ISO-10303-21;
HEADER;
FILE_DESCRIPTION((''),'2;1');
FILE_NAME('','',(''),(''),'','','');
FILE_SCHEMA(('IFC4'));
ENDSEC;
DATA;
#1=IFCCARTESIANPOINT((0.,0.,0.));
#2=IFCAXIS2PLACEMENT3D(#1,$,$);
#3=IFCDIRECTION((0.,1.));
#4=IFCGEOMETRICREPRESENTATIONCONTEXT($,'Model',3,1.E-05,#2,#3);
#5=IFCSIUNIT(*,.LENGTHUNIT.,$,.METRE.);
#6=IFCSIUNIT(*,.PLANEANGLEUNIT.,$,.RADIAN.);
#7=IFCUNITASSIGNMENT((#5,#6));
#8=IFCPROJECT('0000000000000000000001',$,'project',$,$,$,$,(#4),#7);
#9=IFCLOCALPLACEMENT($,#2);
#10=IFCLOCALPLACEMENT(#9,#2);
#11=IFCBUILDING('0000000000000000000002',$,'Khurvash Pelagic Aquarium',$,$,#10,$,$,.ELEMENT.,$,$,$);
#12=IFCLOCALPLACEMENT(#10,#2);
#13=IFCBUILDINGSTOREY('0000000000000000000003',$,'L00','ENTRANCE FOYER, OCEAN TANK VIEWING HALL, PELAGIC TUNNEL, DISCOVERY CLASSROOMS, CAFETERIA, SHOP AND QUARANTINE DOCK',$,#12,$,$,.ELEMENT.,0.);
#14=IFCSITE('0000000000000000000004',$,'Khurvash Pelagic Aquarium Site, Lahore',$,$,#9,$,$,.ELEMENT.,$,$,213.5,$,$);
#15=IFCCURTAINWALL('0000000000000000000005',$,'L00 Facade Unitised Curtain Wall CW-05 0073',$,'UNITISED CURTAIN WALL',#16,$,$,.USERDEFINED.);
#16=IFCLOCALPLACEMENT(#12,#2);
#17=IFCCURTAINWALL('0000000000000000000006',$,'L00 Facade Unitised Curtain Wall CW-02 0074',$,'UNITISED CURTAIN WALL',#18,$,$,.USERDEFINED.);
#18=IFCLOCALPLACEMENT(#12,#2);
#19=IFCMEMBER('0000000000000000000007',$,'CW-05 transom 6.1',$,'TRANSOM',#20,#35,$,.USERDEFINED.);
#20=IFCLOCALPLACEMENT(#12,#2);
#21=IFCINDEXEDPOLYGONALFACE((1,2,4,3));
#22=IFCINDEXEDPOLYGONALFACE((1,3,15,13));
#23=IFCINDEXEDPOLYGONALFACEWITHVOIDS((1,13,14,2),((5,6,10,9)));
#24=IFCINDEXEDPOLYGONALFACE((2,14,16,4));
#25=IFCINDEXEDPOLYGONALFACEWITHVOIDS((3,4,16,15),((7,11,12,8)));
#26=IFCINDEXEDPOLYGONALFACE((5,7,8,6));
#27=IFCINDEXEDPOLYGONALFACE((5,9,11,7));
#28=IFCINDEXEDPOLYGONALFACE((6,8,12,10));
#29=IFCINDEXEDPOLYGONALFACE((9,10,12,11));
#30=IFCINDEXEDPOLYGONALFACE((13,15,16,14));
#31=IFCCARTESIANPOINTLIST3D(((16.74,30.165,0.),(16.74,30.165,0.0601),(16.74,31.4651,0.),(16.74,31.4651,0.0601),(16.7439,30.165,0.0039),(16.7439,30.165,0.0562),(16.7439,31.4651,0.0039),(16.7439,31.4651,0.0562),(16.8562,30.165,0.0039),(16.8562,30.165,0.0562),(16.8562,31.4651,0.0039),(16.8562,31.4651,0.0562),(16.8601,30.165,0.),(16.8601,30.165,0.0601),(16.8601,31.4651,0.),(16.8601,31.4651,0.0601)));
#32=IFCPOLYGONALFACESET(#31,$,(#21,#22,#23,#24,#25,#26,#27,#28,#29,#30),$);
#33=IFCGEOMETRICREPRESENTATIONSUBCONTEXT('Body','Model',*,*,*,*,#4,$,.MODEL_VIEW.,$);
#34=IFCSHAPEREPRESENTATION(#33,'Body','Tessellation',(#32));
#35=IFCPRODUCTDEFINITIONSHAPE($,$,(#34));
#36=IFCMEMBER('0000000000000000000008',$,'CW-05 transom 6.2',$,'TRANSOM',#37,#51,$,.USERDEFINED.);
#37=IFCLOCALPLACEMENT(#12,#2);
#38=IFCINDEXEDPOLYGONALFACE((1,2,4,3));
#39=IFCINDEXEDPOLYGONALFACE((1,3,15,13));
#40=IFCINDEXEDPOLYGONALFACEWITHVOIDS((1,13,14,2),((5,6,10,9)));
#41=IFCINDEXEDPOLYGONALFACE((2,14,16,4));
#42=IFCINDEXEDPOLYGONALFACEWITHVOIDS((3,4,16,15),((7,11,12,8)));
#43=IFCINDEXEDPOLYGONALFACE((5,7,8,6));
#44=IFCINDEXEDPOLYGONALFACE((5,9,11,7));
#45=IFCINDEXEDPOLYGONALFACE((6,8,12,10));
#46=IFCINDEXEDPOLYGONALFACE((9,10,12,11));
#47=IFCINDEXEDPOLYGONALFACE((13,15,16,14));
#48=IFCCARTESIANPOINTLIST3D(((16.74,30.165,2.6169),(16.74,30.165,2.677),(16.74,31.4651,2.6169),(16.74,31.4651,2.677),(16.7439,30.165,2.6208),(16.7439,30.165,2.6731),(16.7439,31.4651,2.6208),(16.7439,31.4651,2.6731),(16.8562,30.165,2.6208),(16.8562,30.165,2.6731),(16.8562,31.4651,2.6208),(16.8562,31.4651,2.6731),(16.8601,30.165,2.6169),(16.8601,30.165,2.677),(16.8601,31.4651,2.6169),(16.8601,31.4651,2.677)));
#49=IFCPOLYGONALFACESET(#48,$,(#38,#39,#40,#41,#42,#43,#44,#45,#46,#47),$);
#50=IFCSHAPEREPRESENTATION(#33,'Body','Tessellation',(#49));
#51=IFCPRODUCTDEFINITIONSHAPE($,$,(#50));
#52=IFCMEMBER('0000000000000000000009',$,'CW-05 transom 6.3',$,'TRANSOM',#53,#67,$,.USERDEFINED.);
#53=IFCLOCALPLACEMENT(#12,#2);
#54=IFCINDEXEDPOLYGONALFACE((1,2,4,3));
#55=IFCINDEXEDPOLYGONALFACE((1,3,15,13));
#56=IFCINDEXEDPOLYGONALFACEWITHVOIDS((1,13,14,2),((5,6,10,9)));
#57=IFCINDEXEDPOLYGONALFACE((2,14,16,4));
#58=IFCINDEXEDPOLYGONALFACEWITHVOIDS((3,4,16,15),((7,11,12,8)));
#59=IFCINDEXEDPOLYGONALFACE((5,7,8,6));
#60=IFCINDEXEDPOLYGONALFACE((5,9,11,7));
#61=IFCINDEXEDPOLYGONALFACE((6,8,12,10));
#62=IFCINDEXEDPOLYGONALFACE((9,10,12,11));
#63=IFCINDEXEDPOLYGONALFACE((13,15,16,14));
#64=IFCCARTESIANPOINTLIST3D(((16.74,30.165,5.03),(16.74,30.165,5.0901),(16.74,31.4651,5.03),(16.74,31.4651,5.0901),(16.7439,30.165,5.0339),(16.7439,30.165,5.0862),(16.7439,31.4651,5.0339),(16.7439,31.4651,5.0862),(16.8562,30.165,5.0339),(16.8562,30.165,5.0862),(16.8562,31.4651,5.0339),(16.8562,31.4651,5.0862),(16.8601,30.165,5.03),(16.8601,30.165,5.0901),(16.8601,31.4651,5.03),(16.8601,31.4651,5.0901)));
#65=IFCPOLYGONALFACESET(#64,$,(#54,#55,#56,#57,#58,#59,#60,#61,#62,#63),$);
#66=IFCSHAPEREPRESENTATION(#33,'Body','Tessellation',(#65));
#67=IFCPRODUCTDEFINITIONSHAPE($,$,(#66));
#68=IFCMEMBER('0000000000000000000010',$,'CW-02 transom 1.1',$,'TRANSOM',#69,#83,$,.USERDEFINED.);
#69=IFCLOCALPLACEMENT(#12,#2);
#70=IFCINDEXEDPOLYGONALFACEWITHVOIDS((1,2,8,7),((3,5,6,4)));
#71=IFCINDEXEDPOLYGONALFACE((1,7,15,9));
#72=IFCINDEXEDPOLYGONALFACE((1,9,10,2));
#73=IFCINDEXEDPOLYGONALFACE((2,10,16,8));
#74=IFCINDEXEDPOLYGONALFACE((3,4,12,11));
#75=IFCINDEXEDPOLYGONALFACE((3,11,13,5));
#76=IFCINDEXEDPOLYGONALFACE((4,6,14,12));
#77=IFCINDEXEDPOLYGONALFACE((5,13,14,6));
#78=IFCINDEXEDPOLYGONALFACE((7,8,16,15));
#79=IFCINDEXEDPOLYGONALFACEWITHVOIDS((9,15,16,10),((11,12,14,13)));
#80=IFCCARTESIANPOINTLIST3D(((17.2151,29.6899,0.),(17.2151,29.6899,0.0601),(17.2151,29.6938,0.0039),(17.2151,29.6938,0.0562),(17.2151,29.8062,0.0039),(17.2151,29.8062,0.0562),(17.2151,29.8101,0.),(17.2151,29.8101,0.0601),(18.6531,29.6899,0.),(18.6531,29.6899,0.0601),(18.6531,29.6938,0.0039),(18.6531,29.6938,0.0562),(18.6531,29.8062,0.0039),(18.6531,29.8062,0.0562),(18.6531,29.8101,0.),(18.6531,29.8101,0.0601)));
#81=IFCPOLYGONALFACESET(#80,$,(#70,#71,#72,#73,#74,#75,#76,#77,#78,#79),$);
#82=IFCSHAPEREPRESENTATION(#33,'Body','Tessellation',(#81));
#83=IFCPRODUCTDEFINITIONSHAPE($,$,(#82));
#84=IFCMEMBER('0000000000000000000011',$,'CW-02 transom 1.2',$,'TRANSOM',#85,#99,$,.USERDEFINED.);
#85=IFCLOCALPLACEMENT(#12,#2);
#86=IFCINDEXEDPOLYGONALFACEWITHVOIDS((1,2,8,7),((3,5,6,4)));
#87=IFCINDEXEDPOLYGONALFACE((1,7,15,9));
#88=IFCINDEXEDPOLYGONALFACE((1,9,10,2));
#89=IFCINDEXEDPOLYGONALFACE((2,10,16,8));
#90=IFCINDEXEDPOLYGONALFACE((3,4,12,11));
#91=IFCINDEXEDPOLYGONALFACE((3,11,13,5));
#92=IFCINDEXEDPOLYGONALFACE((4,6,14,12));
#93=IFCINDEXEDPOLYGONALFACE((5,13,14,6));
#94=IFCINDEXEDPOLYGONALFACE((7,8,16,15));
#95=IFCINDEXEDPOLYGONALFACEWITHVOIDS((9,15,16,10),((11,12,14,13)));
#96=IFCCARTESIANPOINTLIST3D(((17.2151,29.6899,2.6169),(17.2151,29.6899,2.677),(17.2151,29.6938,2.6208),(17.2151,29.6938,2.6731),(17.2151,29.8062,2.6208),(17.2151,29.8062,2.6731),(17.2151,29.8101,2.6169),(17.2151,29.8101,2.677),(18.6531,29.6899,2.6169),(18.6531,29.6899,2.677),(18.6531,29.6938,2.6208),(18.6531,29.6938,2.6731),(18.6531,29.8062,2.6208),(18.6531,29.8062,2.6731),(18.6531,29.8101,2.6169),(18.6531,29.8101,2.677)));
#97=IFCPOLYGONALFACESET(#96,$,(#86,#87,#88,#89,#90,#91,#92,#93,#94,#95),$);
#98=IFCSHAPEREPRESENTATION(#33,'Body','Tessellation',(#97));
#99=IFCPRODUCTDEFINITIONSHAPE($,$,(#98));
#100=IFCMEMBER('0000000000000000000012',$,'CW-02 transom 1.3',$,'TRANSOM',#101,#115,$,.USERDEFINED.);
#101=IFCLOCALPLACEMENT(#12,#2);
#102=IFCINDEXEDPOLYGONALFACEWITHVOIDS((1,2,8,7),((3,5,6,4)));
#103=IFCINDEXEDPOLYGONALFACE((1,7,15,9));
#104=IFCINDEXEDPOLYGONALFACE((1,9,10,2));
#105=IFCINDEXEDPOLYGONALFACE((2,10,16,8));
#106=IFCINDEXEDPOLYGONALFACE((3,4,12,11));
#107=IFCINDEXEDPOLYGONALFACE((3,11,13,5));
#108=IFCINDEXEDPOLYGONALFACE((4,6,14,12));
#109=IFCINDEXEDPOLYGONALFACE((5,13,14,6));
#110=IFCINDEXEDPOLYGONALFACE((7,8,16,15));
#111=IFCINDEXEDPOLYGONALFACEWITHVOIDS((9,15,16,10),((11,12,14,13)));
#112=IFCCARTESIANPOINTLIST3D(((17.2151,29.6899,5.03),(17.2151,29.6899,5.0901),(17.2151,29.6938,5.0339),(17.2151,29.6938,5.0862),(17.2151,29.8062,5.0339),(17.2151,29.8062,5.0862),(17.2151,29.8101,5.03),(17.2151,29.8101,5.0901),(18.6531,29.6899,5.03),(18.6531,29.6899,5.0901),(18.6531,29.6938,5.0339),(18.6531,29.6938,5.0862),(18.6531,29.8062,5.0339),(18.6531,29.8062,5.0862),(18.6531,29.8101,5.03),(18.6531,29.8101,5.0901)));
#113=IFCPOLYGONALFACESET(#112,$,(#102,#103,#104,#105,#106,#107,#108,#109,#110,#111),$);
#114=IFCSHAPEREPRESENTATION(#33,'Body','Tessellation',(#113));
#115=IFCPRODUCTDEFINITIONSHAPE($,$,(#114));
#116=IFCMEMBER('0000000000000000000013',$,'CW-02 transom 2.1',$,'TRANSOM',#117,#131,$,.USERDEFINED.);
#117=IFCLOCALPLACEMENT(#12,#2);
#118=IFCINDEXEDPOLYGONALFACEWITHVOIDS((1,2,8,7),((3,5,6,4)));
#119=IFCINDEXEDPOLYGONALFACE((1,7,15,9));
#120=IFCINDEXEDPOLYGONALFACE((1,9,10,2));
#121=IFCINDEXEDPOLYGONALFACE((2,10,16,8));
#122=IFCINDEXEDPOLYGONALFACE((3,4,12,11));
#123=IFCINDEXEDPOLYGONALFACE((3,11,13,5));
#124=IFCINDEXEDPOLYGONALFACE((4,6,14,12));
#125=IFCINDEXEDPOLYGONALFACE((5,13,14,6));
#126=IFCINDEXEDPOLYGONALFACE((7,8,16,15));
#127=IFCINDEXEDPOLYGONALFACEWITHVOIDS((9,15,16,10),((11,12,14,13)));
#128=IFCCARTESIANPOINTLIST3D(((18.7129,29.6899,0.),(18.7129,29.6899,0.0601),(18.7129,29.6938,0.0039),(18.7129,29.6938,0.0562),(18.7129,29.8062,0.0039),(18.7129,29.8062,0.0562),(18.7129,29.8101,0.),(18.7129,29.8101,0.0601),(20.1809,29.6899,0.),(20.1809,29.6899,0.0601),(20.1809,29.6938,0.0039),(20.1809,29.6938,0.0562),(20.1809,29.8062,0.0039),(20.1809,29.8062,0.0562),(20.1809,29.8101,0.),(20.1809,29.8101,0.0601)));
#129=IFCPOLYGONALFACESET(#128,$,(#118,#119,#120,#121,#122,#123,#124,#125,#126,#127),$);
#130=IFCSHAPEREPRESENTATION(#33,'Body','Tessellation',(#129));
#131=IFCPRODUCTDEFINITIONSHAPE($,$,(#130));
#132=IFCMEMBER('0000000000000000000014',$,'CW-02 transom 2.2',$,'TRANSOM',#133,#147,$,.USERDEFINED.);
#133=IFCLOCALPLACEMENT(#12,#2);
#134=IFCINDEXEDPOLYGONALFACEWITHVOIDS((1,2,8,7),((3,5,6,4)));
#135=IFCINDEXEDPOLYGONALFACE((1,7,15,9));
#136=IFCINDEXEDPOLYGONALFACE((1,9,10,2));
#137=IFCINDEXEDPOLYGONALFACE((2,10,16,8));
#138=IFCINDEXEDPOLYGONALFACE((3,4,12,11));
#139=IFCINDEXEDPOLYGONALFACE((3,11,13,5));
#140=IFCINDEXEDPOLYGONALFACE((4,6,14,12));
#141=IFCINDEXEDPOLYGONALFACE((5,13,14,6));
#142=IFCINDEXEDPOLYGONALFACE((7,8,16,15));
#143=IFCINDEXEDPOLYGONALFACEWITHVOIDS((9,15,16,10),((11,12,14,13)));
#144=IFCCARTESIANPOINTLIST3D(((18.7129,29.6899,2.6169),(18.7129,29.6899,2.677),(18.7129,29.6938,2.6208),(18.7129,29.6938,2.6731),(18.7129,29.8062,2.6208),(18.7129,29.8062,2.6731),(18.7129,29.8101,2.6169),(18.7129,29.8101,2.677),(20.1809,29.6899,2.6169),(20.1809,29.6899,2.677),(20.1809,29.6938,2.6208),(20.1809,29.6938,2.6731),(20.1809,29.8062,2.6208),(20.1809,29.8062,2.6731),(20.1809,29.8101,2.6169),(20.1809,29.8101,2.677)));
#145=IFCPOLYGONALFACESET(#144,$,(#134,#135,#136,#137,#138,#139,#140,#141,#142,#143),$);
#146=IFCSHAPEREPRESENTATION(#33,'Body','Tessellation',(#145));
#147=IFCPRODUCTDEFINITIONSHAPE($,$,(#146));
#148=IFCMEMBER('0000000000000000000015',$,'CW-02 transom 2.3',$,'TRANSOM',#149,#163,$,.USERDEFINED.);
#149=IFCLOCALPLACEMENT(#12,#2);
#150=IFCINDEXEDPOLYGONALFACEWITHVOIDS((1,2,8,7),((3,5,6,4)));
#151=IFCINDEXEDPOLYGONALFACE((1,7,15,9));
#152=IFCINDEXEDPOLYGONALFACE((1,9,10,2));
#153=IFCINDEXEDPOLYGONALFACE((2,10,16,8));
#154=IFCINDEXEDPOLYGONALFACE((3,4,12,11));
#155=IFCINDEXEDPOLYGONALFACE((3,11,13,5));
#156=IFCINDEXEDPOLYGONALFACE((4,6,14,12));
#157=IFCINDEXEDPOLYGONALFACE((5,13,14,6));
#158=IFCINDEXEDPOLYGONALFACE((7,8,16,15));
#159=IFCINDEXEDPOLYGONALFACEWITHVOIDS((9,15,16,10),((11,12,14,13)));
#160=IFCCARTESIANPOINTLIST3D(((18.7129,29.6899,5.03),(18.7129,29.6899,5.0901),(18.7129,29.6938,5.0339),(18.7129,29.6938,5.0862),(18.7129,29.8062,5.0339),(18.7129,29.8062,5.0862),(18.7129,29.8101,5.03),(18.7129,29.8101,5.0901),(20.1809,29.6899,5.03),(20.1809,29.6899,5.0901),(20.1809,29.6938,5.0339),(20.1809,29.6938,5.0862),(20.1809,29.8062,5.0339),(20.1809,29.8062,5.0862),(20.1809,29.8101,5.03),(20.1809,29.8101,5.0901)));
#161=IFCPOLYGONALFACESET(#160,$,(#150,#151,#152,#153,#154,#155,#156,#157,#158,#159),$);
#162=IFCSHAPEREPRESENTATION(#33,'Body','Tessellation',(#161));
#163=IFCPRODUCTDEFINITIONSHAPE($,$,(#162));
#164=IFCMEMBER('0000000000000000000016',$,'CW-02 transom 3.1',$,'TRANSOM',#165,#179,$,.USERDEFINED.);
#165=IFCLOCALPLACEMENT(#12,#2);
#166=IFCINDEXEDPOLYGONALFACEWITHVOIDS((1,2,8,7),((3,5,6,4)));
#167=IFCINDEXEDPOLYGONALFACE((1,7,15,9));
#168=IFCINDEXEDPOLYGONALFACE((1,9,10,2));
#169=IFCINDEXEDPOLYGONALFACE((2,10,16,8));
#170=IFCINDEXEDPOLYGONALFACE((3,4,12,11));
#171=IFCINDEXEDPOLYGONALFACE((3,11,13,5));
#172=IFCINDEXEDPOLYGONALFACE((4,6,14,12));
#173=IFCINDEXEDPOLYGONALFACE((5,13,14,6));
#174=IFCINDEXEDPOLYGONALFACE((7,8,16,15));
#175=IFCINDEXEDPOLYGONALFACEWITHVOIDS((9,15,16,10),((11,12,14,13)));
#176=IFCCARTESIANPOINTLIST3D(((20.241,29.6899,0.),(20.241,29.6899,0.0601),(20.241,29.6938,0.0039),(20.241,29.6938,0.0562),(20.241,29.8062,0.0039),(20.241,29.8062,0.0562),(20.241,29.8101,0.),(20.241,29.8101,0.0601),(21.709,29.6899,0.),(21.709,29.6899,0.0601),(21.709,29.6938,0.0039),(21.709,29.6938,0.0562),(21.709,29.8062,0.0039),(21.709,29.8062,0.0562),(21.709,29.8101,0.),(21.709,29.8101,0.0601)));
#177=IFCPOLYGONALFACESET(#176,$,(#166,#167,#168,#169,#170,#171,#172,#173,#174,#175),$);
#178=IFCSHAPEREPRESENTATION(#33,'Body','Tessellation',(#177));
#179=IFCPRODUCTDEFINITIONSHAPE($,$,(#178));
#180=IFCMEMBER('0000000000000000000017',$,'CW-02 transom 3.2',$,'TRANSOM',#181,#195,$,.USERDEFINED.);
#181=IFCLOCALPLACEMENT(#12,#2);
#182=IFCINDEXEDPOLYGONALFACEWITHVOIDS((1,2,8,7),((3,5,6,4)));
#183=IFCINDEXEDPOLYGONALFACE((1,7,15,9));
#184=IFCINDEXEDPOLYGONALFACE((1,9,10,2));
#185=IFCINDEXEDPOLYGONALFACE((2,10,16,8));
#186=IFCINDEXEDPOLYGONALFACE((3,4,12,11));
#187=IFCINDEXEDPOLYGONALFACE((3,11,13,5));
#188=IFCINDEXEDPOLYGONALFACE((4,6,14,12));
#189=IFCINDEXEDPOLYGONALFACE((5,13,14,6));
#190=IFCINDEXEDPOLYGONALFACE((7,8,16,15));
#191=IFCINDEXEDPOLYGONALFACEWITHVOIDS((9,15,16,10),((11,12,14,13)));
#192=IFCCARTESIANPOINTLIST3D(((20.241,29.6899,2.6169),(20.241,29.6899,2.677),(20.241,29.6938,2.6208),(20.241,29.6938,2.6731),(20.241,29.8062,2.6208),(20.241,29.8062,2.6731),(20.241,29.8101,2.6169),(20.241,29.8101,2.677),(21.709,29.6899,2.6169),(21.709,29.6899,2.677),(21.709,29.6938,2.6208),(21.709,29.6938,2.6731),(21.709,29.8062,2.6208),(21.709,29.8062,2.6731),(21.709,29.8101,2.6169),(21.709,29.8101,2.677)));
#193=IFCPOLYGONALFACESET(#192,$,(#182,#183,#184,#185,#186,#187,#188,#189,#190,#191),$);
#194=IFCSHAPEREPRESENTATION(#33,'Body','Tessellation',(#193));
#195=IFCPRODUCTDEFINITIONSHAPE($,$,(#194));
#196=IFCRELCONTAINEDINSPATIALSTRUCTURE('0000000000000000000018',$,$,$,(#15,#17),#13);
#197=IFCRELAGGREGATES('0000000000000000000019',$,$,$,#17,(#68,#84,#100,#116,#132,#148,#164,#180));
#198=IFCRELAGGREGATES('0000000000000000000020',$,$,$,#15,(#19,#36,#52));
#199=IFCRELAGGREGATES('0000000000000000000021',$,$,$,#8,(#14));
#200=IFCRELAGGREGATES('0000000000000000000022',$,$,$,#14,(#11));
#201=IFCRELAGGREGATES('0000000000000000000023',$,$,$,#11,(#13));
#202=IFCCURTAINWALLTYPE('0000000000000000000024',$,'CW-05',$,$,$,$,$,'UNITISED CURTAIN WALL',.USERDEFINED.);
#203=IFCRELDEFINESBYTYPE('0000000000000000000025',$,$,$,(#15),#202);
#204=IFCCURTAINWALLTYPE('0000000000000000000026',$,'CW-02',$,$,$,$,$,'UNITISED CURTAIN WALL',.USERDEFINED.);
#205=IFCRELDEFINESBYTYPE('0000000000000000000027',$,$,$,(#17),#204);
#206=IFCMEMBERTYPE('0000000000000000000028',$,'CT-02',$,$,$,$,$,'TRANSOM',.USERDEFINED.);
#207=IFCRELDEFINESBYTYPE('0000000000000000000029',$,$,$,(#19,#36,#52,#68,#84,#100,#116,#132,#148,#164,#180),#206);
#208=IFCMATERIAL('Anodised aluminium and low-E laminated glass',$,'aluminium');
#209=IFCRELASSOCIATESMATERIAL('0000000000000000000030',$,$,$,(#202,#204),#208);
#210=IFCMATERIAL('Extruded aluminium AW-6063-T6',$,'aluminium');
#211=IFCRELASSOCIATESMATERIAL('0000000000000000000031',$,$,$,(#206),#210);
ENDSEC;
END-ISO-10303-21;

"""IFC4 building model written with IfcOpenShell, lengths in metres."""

from ifc_helpers import new_model, si_unit, direction, frame, origin, origin_2d, place, context, subcontext, project, spatial, hollow_rectangle, extrude, material, material_profile, profile_set, type_object, element, aggregate, save


model = new_model("IFC4")

# Units and contexts
model_context = context("Model", 3, precision=1e-05, world=origin(), true_north=direction((0.0, 1.0)))
body_context = subcontext(model_context, "Body", "Model", "MODEL_VIEW")
ifc_project = project(units=[si_unit("LENGTHUNIT", "METRE"), si_unit("PLANEANGLEUNIT", "RADIAN")], contexts=[model_context])

# Site, building, storey
site_placement = place(None, origin())
site = spatial("IfcSite", under=ifc_project, at=site_placement, Name="Khurvash Pelagic Aquarium Site, Lahore", CompositionType="ELEMENT", RefElevation=213.5)
building_placement = place(site_placement, origin())
building = spatial("IfcBuilding", under=site, at=building_placement, Name="Khurvash Pelagic Aquarium", CompositionType="ELEMENT")
storey_placement = place(building_placement, origin())
storey = spatial("IfcBuildingStorey", under=building, at=storey_placement, Name="L00", Description="ENTRANCE FOYER, OCEAN TANK VIEWING HALL, PELAGIC TUNNEL, DISCOVERY CLASSROOMS, CAFETERIA, SHOP AND QUARANTINE DOCK", CompositionType="ELEMENT", Elevation=0.0)

# Curtain walls
ifc_material_1 = material(Name="Anodised aluminium and low-E laminated glass", Category="aluminium")
curtain_wall_type_1 = type_object("IfcCurtainWallType", Name="CW-05", ElementType="UNITISED CURTAIN WALL", PredefinedType="USERDEFINED", material=ifc_material_1)
curtain_wall_1_placement = place(storey_placement, origin())
curtain_wall_1 = element("IfcCurtainWall", 1, at=curtain_wall_1_placement, inside=storey, type_object=curtain_wall_type_1, Name="L00 Facade Unitised Curtain Wall CW-05 0073", ObjectType="UNITISED CURTAIN WALL", PredefinedType="USERDEFINED")
ifc_material_2 = material(Name="Extruded aluminium AW-6063-T6", Category="aluminium")
curtain_wall_type_2 = type_object("IfcCurtainWallType", Name="CW-02", ElementType="UNITISED CURTAIN WALL", PredefinedType="USERDEFINED", material=ifc_material_1)
curtain_wall_2_placement = place(storey_placement, origin())
curtain_wall_2 = element("IfcCurtainWall", 2, at=curtain_wall_2_placement, inside=storey, type_object=curtain_wall_type_2, Name="L00 Facade Unitised Curtain Wall CW-02 0074", ObjectType="UNITISED CURTAIN WALL", PredefinedType="USERDEFINED")

# Members
ifc_material_profile_1 = material_profile(ifc_material_2, hollow_rectangle(XDim=0.1201, YDim=0.0601, WallThickness=0.0039, at=origin_2d()), Name="CWT120X60X4")
ifc_profile_set_1 = profile_set([ifc_material_profile_1], Name="Extruded aluminium AW-6063-T6")
member_type_1 = type_object("IfcMemberType", Name="CT-02", ElementType="TRANSOM", PredefinedType="USERDEFINED", material=ifc_profile_set_1)
member_1_placement = place(storey_placement, frame((16.8, 31.4651, 0.03), z_axis=(0.0, -1.0, 0.0), x_axis=(1.0, 0.0, 0.0)))
member_1 = element("IfcMember", 3, at=member_1_placement, type_object=member_type_1, Name="CW-05 transom 6.1", ObjectType="TRANSOM", PredefinedType="USERDEFINED", context=body_context, shape_type="SweptSolid", body=[
    extrude(hollow_rectangle(XDim=0.1201, YDim=0.0601, WallThickness=0.0039, at=origin_2d()), origin(), (0.0, 0.0, 1.0), 1.3),
])
member_2_placement = place(storey_placement, frame((16.8, 31.4651, 2.647), z_axis=(0.0, -1.0, 0.0), x_axis=(1.0, 0.0, 0.0)))
member_2 = element("IfcMember", 4, at=member_2_placement, type_object=member_type_1, Name="CW-05 transom 6.2", ObjectType="TRANSOM", PredefinedType="USERDEFINED", context=body_context, shape_type="SweptSolid", body=[
    extrude(hollow_rectangle(XDim=0.1201, YDim=0.0601, WallThickness=0.0039, at=origin_2d()), origin(), (0.0, 0.0, 1.0), 1.3),
])
member_3_placement = place(storey_placement, frame((16.8, 31.4651, 5.0601), z_axis=(0.0, -1.0, 0.0), x_axis=(1.0, 0.0, 0.0)))
member_3 = element("IfcMember", 5, at=member_3_placement, type_object=member_type_1, Name="CW-05 transom 6.3", ObjectType="TRANSOM", PredefinedType="USERDEFINED", context=body_context, shape_type="SweptSolid", body=[
    extrude(hollow_rectangle(XDim=0.1201, YDim=0.0601, WallThickness=0.0039, at=origin_2d()), origin(), (0.0, 0.0, 1.0), 1.3),
])
member_4_placement = place(storey_placement, frame((17.2151, 29.75, 0.03), z_axis=(1.0, 0.0, 0.0), x_axis=(0.0, 1.0, 0.0)))
member_4 = element("IfcMember", 6, at=member_4_placement, type_object=member_type_1, Name="CW-02 transom 1.1", ObjectType="TRANSOM", PredefinedType="USERDEFINED", context=body_context, shape_type="SweptSolid", body=[
    extrude(hollow_rectangle(XDim=0.1201, YDim=0.0601, WallThickness=0.0039, at=origin_2d()), origin(), (0.0, 0.0, 1.0), 1.438),
])
member_5_placement = place(storey_placement, frame((17.2151, 29.75, 2.647), z_axis=(1.0, 0.0, 0.0), x_axis=(0.0, 1.0, 0.0)))
member_5 = element("IfcMember", 7, at=member_5_placement, type_object=member_type_1, Name="CW-02 transom 1.2", ObjectType="TRANSOM", PredefinedType="USERDEFINED", context=body_context, shape_type="SweptSolid", body=[
    extrude(hollow_rectangle(XDim=0.1201, YDim=0.0601, WallThickness=0.0039, at=origin_2d()), origin(), (0.0, 0.0, 1.0), 1.438),
])
member_6_placement = place(storey_placement, frame((17.2151, 29.75, 5.0601), z_axis=(1.0, 0.0, 0.0), x_axis=(0.0, 1.0, 0.0)))
member_6 = element("IfcMember", 8, at=member_6_placement, type_object=member_type_1, Name="CW-02 transom 1.3", ObjectType="TRANSOM", PredefinedType="USERDEFINED", context=body_context, shape_type="SweptSolid", body=[
    extrude(hollow_rectangle(XDim=0.1201, YDim=0.0601, WallThickness=0.0039, at=origin_2d()), origin(), (0.0, 0.0, 1.0), 1.438),
])
member_7_placement = place(storey_placement, frame((18.7129, 29.75, 0.03), z_axis=(1.0, 0.0, 0.0), x_axis=(0.0, 1.0, 0.0)))
member_7 = element("IfcMember", 9, at=member_7_placement, type_object=member_type_1, Name="CW-02 transom 2.1", ObjectType="TRANSOM", PredefinedType="USERDEFINED", context=body_context, shape_type="SweptSolid", body=[
    extrude(hollow_rectangle(XDim=0.1201, YDim=0.0601, WallThickness=0.0039, at=origin_2d()), origin(), (0.0, 0.0, 1.0), 1.468),
])
member_8_placement = place(storey_placement, frame((18.7129, 29.75, 2.647), z_axis=(1.0, 0.0, 0.0), x_axis=(0.0, 1.0, 0.0)))
member_8 = element("IfcMember", 10, at=member_8_placement, type_object=member_type_1, Name="CW-02 transom 2.2", ObjectType="TRANSOM", PredefinedType="USERDEFINED", context=body_context, shape_type="SweptSolid", body=[
    extrude(hollow_rectangle(XDim=0.1201, YDim=0.0601, WallThickness=0.0039, at=origin_2d()), origin(), (0.0, 0.0, 1.0), 1.468),
])
member_9_placement = place(storey_placement, frame((18.7129, 29.75, 5.0601), z_axis=(1.0, 0.0, 0.0), x_axis=(0.0, 1.0, 0.0)))
member_9 = element("IfcMember", 11, at=member_9_placement, type_object=member_type_1, Name="CW-02 transom 2.3", ObjectType="TRANSOM", PredefinedType="USERDEFINED", context=body_context, shape_type="SweptSolid", body=[
    extrude(hollow_rectangle(XDim=0.1201, YDim=0.0601, WallThickness=0.0039, at=origin_2d()), origin(), (0.0, 0.0, 1.0), 1.468),
])
member_10_placement = place(storey_placement, frame((20.241, 29.75, 0.03), z_axis=(1.0, 0.0, 0.0), x_axis=(0.0, 1.0, 0.0)))
member_10 = element("IfcMember", 12, at=member_10_placement, type_object=member_type_1, Name="CW-02 transom 3.1", ObjectType="TRANSOM", PredefinedType="USERDEFINED", context=body_context, shape_type="SweptSolid", body=[
    extrude(hollow_rectangle(XDim=0.1201, YDim=0.0601, WallThickness=0.0039, at=origin_2d()), origin(), (0.0, 0.0, 1.0), 1.468),
])
member_11_placement = place(storey_placement, frame((20.241, 29.75, 2.647), z_axis=(1.0, 0.0, 0.0), x_axis=(0.0, 1.0, 0.0)))
member_11 = element("IfcMember", 13, at=member_11_placement, type_object=member_type_1, Name="CW-02 transom 3.2", ObjectType="TRANSOM", PredefinedType="USERDEFINED", context=body_context, shape_type="SweptSolid", body=[
    extrude(hollow_rectangle(XDim=0.1201, YDim=0.0601, WallThickness=0.0039, at=origin_2d()), origin(), (0.0, 0.0, 1.0), 1.468),
])

aggregate(curtain_wall_2, [member_4, member_5, member_6, member_7, member_8, member_9, member_10, member_11])
aggregate(curtain_wall_1, [member_1, member_2, member_3])

save(model, "model.ifc")
